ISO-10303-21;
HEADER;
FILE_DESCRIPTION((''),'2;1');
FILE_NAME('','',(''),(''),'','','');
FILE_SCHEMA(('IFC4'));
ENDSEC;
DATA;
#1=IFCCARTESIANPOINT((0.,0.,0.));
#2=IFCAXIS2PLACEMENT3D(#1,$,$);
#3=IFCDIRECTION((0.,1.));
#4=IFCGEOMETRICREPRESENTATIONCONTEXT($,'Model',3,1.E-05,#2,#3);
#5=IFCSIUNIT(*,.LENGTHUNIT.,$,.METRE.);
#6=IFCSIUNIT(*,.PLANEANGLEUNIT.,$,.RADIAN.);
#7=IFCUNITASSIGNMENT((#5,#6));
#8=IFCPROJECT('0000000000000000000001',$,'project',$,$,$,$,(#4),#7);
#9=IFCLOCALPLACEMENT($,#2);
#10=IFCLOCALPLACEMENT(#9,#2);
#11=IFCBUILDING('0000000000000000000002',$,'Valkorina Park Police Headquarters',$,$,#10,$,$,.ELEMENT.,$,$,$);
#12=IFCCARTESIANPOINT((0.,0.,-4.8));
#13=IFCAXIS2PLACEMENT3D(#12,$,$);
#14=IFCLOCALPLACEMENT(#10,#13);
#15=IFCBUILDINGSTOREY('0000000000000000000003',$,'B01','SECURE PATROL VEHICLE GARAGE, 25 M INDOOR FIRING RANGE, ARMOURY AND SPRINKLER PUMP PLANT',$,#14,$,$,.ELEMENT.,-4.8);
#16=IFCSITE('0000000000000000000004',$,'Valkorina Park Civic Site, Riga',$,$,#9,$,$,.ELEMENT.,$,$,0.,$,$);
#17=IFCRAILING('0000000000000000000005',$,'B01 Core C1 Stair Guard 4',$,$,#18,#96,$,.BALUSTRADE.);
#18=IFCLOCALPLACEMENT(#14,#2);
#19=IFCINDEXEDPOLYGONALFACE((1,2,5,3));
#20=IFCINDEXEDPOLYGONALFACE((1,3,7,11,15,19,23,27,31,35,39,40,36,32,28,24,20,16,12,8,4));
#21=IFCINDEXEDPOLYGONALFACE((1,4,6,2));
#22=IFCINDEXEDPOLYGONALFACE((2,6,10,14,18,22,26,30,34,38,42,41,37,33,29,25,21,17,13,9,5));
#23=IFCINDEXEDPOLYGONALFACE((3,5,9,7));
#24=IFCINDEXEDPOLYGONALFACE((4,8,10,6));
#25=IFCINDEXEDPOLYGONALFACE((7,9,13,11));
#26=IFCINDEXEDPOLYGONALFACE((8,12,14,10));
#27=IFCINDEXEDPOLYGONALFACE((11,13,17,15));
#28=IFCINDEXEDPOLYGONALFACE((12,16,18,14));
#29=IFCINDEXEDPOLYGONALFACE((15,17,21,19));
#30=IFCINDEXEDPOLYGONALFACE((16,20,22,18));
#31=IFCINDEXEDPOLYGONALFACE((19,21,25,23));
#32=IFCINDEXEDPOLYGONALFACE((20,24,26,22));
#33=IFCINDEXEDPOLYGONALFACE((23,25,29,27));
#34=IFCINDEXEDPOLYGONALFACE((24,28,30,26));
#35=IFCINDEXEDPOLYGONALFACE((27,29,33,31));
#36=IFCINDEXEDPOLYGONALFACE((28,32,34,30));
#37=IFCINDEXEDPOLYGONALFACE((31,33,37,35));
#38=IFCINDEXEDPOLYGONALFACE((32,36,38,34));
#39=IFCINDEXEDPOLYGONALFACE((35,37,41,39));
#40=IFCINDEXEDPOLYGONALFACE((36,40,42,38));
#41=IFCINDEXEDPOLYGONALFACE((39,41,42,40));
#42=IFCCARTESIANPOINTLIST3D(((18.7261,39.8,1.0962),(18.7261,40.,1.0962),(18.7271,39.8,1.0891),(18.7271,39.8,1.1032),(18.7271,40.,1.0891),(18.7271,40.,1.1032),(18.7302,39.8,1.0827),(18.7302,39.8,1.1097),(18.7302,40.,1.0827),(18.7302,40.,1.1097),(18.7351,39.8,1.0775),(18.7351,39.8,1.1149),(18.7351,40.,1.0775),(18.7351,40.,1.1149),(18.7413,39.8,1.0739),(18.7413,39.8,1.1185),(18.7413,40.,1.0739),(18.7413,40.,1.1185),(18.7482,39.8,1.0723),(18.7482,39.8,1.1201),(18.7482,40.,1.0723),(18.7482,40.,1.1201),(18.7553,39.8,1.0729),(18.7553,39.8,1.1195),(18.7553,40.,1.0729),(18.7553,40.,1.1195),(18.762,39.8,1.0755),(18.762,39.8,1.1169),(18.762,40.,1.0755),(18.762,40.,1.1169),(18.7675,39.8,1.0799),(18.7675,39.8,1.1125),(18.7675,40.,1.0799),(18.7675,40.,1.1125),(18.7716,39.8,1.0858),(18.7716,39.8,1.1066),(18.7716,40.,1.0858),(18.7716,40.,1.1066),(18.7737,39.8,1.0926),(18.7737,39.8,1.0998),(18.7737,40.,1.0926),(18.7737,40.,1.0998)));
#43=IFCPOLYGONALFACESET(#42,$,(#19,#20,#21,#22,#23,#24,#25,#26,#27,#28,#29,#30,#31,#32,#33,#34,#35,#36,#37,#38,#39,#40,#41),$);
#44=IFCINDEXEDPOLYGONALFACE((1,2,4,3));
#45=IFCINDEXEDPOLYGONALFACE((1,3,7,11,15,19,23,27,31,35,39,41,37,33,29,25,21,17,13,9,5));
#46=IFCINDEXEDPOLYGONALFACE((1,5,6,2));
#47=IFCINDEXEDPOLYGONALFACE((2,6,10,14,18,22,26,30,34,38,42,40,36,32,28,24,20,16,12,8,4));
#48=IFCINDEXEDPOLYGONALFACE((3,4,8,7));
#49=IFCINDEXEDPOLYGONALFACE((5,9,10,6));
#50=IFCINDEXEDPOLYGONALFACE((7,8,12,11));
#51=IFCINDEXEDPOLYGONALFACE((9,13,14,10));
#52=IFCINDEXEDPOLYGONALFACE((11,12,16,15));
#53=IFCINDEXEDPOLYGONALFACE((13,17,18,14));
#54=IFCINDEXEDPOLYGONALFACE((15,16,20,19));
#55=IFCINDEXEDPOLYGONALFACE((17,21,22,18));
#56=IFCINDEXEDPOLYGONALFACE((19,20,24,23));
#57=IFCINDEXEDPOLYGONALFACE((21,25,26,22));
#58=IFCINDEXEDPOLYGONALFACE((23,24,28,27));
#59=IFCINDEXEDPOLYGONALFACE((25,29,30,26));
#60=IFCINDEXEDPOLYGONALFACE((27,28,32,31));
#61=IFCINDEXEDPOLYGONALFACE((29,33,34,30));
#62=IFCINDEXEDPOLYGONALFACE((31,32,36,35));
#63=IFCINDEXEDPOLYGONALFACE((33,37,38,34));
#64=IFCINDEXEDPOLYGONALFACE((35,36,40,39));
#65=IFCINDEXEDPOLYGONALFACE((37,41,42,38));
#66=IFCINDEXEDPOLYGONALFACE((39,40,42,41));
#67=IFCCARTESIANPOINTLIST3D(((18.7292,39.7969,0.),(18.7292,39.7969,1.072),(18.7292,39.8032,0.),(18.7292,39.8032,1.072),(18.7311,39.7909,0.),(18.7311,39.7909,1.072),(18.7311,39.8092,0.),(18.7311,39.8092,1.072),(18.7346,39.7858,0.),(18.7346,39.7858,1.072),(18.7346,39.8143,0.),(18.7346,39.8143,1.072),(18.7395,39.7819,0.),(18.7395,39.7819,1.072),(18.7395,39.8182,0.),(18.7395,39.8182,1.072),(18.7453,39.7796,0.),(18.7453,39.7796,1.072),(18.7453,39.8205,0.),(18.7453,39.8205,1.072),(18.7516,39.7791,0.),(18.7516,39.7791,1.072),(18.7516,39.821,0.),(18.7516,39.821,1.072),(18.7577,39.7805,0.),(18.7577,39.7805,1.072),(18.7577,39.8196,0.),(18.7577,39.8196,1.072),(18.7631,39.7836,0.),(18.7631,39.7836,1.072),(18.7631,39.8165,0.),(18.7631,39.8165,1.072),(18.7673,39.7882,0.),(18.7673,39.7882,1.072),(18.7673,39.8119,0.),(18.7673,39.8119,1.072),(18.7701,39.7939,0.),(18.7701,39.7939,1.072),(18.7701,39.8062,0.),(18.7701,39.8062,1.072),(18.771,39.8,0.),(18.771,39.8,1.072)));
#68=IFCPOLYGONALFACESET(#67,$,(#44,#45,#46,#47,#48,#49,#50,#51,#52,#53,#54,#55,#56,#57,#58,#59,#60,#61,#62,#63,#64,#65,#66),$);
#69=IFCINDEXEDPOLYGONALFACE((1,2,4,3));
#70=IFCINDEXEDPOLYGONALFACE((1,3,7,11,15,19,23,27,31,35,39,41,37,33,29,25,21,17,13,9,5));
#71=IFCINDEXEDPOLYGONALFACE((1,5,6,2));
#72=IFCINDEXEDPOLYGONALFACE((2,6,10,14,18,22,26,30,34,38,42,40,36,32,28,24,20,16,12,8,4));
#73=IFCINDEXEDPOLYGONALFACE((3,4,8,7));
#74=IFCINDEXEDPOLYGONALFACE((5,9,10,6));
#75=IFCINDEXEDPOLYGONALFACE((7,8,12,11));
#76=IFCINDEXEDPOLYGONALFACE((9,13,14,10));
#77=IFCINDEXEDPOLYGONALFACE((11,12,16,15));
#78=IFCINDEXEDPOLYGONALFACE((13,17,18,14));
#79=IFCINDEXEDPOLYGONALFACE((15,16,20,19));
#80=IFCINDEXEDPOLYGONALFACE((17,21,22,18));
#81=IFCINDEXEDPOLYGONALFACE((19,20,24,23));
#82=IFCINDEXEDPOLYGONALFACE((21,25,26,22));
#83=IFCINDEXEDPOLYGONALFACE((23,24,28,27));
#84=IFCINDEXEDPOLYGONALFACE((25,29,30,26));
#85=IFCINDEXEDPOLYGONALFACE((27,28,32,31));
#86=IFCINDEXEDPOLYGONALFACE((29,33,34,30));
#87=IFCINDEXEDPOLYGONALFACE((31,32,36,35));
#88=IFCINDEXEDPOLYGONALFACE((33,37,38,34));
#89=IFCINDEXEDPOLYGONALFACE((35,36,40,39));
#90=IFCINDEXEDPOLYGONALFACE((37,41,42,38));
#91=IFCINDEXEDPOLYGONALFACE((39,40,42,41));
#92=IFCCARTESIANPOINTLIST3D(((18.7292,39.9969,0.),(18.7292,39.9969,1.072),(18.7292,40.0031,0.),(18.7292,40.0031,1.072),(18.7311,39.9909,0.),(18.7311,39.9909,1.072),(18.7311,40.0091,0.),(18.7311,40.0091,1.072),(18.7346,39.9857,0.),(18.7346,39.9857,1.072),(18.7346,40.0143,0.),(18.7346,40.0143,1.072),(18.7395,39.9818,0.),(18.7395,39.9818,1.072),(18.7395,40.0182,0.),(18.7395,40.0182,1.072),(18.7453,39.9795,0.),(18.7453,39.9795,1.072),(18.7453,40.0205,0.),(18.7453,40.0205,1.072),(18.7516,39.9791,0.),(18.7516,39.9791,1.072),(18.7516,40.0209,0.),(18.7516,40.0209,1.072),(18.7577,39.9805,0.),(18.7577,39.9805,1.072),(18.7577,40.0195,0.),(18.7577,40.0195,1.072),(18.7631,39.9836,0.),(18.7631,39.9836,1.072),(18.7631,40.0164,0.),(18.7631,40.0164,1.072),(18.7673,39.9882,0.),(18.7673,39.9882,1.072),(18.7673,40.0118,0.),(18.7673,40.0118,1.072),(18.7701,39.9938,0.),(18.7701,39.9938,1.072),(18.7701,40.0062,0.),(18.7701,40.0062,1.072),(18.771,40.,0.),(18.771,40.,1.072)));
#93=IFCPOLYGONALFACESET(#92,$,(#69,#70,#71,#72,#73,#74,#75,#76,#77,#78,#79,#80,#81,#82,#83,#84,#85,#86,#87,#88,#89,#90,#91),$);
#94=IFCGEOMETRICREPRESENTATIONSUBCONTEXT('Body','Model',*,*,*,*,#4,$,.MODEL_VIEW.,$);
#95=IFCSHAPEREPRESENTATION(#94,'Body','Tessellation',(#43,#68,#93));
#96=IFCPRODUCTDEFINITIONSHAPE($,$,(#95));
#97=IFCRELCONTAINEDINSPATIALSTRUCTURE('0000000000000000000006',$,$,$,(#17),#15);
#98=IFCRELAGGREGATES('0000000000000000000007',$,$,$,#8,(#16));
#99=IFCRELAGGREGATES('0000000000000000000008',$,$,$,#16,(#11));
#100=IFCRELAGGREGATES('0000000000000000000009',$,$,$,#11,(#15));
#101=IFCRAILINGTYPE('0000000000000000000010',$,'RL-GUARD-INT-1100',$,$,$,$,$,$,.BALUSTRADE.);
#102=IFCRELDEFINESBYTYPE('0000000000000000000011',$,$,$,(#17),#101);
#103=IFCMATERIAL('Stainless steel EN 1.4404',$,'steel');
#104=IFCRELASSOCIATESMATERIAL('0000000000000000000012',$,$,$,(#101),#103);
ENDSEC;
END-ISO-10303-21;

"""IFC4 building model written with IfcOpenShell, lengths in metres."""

from ifc_helpers import new_model, si_unit, direction, frame, origin, origin_2d, place, context, subcontext, project, spatial, circle, extrude, material, type_object, element, save


model = new_model("IFC4")

# Units and contexts
model_context = context("Model", 3, precision=1e-05, world=origin(), true_north=direction((0.0, 1.0)))
body_context = subcontext(model_context, "Body", "Model", "MODEL_VIEW")
ifc_project = project(units=[si_unit("LENGTHUNIT", "METRE"), si_unit("PLANEANGLEUNIT", "RADIAN")], contexts=[model_context])

# Site, building, storey
site_placement = place(None, origin())
site = spatial("IfcSite", under=ifc_project, at=site_placement, Name="Valkorina Park Civic Site, Riga", CompositionType="ELEMENT", RefElevation=0.0)
building_placement = place(site_placement, origin())
building = spatial("IfcBuilding", under=site, at=building_placement, Name="Valkorina Park Police Headquarters", CompositionType="ELEMENT")
storey_placement = place(building_placement, frame((0.0, 0.0, -4.8)))
storey = spatial("IfcBuildingStorey", under=building, at=storey_placement, Name="B01", Description="SECURE PATROL VEHICLE GARAGE, 25 M INDOOR FIRING RANGE, ARMOURY AND SPRINKLER PUMP PLANT", CompositionType="ELEMENT", Elevation=-4.8)

# Shared definitions
ifc_material_1 = material(Name="Stainless steel EN 1.4404", Category="steel")

# Railing
railing_type_1 = type_object("IfcRailingType", Name="RL-GUARD-INT-1100", PredefinedType="BALUSTRADE", material=ifc_material_1)
railing_1_placement = place(storey_placement, frame((18.75, 39.8, 0.0)))
element("IfcRailing", 1, at=railing_1_placement, inside=storey, type_object=railing_type_1, Name="B01 Core C1 Stair Guard 4", PredefinedType="BALUSTRADE", context=body_context, shape_type="SweptSolid", body=[
    extrude(circle(Radius=0.0239, at=origin_2d()), frame((0.0, 0.0, 1.0962), z_axis=(0.0, 1.0, 0.0), x_axis=(-1.0, 0.0, 0.0)), (0.0, 0.0, 1.0), 0.2),
    extrude(circle(Radius=0.021, at=origin_2d()), origin(), (0.0, 0.0, 1.0), 1.072),
    extrude(circle(Radius=0.021, at=origin_2d()), frame((0.0, 0.2, 0.0)), (0.0, 0.0, 1.0), 1.072),
])

save(model, "model.ifc")
